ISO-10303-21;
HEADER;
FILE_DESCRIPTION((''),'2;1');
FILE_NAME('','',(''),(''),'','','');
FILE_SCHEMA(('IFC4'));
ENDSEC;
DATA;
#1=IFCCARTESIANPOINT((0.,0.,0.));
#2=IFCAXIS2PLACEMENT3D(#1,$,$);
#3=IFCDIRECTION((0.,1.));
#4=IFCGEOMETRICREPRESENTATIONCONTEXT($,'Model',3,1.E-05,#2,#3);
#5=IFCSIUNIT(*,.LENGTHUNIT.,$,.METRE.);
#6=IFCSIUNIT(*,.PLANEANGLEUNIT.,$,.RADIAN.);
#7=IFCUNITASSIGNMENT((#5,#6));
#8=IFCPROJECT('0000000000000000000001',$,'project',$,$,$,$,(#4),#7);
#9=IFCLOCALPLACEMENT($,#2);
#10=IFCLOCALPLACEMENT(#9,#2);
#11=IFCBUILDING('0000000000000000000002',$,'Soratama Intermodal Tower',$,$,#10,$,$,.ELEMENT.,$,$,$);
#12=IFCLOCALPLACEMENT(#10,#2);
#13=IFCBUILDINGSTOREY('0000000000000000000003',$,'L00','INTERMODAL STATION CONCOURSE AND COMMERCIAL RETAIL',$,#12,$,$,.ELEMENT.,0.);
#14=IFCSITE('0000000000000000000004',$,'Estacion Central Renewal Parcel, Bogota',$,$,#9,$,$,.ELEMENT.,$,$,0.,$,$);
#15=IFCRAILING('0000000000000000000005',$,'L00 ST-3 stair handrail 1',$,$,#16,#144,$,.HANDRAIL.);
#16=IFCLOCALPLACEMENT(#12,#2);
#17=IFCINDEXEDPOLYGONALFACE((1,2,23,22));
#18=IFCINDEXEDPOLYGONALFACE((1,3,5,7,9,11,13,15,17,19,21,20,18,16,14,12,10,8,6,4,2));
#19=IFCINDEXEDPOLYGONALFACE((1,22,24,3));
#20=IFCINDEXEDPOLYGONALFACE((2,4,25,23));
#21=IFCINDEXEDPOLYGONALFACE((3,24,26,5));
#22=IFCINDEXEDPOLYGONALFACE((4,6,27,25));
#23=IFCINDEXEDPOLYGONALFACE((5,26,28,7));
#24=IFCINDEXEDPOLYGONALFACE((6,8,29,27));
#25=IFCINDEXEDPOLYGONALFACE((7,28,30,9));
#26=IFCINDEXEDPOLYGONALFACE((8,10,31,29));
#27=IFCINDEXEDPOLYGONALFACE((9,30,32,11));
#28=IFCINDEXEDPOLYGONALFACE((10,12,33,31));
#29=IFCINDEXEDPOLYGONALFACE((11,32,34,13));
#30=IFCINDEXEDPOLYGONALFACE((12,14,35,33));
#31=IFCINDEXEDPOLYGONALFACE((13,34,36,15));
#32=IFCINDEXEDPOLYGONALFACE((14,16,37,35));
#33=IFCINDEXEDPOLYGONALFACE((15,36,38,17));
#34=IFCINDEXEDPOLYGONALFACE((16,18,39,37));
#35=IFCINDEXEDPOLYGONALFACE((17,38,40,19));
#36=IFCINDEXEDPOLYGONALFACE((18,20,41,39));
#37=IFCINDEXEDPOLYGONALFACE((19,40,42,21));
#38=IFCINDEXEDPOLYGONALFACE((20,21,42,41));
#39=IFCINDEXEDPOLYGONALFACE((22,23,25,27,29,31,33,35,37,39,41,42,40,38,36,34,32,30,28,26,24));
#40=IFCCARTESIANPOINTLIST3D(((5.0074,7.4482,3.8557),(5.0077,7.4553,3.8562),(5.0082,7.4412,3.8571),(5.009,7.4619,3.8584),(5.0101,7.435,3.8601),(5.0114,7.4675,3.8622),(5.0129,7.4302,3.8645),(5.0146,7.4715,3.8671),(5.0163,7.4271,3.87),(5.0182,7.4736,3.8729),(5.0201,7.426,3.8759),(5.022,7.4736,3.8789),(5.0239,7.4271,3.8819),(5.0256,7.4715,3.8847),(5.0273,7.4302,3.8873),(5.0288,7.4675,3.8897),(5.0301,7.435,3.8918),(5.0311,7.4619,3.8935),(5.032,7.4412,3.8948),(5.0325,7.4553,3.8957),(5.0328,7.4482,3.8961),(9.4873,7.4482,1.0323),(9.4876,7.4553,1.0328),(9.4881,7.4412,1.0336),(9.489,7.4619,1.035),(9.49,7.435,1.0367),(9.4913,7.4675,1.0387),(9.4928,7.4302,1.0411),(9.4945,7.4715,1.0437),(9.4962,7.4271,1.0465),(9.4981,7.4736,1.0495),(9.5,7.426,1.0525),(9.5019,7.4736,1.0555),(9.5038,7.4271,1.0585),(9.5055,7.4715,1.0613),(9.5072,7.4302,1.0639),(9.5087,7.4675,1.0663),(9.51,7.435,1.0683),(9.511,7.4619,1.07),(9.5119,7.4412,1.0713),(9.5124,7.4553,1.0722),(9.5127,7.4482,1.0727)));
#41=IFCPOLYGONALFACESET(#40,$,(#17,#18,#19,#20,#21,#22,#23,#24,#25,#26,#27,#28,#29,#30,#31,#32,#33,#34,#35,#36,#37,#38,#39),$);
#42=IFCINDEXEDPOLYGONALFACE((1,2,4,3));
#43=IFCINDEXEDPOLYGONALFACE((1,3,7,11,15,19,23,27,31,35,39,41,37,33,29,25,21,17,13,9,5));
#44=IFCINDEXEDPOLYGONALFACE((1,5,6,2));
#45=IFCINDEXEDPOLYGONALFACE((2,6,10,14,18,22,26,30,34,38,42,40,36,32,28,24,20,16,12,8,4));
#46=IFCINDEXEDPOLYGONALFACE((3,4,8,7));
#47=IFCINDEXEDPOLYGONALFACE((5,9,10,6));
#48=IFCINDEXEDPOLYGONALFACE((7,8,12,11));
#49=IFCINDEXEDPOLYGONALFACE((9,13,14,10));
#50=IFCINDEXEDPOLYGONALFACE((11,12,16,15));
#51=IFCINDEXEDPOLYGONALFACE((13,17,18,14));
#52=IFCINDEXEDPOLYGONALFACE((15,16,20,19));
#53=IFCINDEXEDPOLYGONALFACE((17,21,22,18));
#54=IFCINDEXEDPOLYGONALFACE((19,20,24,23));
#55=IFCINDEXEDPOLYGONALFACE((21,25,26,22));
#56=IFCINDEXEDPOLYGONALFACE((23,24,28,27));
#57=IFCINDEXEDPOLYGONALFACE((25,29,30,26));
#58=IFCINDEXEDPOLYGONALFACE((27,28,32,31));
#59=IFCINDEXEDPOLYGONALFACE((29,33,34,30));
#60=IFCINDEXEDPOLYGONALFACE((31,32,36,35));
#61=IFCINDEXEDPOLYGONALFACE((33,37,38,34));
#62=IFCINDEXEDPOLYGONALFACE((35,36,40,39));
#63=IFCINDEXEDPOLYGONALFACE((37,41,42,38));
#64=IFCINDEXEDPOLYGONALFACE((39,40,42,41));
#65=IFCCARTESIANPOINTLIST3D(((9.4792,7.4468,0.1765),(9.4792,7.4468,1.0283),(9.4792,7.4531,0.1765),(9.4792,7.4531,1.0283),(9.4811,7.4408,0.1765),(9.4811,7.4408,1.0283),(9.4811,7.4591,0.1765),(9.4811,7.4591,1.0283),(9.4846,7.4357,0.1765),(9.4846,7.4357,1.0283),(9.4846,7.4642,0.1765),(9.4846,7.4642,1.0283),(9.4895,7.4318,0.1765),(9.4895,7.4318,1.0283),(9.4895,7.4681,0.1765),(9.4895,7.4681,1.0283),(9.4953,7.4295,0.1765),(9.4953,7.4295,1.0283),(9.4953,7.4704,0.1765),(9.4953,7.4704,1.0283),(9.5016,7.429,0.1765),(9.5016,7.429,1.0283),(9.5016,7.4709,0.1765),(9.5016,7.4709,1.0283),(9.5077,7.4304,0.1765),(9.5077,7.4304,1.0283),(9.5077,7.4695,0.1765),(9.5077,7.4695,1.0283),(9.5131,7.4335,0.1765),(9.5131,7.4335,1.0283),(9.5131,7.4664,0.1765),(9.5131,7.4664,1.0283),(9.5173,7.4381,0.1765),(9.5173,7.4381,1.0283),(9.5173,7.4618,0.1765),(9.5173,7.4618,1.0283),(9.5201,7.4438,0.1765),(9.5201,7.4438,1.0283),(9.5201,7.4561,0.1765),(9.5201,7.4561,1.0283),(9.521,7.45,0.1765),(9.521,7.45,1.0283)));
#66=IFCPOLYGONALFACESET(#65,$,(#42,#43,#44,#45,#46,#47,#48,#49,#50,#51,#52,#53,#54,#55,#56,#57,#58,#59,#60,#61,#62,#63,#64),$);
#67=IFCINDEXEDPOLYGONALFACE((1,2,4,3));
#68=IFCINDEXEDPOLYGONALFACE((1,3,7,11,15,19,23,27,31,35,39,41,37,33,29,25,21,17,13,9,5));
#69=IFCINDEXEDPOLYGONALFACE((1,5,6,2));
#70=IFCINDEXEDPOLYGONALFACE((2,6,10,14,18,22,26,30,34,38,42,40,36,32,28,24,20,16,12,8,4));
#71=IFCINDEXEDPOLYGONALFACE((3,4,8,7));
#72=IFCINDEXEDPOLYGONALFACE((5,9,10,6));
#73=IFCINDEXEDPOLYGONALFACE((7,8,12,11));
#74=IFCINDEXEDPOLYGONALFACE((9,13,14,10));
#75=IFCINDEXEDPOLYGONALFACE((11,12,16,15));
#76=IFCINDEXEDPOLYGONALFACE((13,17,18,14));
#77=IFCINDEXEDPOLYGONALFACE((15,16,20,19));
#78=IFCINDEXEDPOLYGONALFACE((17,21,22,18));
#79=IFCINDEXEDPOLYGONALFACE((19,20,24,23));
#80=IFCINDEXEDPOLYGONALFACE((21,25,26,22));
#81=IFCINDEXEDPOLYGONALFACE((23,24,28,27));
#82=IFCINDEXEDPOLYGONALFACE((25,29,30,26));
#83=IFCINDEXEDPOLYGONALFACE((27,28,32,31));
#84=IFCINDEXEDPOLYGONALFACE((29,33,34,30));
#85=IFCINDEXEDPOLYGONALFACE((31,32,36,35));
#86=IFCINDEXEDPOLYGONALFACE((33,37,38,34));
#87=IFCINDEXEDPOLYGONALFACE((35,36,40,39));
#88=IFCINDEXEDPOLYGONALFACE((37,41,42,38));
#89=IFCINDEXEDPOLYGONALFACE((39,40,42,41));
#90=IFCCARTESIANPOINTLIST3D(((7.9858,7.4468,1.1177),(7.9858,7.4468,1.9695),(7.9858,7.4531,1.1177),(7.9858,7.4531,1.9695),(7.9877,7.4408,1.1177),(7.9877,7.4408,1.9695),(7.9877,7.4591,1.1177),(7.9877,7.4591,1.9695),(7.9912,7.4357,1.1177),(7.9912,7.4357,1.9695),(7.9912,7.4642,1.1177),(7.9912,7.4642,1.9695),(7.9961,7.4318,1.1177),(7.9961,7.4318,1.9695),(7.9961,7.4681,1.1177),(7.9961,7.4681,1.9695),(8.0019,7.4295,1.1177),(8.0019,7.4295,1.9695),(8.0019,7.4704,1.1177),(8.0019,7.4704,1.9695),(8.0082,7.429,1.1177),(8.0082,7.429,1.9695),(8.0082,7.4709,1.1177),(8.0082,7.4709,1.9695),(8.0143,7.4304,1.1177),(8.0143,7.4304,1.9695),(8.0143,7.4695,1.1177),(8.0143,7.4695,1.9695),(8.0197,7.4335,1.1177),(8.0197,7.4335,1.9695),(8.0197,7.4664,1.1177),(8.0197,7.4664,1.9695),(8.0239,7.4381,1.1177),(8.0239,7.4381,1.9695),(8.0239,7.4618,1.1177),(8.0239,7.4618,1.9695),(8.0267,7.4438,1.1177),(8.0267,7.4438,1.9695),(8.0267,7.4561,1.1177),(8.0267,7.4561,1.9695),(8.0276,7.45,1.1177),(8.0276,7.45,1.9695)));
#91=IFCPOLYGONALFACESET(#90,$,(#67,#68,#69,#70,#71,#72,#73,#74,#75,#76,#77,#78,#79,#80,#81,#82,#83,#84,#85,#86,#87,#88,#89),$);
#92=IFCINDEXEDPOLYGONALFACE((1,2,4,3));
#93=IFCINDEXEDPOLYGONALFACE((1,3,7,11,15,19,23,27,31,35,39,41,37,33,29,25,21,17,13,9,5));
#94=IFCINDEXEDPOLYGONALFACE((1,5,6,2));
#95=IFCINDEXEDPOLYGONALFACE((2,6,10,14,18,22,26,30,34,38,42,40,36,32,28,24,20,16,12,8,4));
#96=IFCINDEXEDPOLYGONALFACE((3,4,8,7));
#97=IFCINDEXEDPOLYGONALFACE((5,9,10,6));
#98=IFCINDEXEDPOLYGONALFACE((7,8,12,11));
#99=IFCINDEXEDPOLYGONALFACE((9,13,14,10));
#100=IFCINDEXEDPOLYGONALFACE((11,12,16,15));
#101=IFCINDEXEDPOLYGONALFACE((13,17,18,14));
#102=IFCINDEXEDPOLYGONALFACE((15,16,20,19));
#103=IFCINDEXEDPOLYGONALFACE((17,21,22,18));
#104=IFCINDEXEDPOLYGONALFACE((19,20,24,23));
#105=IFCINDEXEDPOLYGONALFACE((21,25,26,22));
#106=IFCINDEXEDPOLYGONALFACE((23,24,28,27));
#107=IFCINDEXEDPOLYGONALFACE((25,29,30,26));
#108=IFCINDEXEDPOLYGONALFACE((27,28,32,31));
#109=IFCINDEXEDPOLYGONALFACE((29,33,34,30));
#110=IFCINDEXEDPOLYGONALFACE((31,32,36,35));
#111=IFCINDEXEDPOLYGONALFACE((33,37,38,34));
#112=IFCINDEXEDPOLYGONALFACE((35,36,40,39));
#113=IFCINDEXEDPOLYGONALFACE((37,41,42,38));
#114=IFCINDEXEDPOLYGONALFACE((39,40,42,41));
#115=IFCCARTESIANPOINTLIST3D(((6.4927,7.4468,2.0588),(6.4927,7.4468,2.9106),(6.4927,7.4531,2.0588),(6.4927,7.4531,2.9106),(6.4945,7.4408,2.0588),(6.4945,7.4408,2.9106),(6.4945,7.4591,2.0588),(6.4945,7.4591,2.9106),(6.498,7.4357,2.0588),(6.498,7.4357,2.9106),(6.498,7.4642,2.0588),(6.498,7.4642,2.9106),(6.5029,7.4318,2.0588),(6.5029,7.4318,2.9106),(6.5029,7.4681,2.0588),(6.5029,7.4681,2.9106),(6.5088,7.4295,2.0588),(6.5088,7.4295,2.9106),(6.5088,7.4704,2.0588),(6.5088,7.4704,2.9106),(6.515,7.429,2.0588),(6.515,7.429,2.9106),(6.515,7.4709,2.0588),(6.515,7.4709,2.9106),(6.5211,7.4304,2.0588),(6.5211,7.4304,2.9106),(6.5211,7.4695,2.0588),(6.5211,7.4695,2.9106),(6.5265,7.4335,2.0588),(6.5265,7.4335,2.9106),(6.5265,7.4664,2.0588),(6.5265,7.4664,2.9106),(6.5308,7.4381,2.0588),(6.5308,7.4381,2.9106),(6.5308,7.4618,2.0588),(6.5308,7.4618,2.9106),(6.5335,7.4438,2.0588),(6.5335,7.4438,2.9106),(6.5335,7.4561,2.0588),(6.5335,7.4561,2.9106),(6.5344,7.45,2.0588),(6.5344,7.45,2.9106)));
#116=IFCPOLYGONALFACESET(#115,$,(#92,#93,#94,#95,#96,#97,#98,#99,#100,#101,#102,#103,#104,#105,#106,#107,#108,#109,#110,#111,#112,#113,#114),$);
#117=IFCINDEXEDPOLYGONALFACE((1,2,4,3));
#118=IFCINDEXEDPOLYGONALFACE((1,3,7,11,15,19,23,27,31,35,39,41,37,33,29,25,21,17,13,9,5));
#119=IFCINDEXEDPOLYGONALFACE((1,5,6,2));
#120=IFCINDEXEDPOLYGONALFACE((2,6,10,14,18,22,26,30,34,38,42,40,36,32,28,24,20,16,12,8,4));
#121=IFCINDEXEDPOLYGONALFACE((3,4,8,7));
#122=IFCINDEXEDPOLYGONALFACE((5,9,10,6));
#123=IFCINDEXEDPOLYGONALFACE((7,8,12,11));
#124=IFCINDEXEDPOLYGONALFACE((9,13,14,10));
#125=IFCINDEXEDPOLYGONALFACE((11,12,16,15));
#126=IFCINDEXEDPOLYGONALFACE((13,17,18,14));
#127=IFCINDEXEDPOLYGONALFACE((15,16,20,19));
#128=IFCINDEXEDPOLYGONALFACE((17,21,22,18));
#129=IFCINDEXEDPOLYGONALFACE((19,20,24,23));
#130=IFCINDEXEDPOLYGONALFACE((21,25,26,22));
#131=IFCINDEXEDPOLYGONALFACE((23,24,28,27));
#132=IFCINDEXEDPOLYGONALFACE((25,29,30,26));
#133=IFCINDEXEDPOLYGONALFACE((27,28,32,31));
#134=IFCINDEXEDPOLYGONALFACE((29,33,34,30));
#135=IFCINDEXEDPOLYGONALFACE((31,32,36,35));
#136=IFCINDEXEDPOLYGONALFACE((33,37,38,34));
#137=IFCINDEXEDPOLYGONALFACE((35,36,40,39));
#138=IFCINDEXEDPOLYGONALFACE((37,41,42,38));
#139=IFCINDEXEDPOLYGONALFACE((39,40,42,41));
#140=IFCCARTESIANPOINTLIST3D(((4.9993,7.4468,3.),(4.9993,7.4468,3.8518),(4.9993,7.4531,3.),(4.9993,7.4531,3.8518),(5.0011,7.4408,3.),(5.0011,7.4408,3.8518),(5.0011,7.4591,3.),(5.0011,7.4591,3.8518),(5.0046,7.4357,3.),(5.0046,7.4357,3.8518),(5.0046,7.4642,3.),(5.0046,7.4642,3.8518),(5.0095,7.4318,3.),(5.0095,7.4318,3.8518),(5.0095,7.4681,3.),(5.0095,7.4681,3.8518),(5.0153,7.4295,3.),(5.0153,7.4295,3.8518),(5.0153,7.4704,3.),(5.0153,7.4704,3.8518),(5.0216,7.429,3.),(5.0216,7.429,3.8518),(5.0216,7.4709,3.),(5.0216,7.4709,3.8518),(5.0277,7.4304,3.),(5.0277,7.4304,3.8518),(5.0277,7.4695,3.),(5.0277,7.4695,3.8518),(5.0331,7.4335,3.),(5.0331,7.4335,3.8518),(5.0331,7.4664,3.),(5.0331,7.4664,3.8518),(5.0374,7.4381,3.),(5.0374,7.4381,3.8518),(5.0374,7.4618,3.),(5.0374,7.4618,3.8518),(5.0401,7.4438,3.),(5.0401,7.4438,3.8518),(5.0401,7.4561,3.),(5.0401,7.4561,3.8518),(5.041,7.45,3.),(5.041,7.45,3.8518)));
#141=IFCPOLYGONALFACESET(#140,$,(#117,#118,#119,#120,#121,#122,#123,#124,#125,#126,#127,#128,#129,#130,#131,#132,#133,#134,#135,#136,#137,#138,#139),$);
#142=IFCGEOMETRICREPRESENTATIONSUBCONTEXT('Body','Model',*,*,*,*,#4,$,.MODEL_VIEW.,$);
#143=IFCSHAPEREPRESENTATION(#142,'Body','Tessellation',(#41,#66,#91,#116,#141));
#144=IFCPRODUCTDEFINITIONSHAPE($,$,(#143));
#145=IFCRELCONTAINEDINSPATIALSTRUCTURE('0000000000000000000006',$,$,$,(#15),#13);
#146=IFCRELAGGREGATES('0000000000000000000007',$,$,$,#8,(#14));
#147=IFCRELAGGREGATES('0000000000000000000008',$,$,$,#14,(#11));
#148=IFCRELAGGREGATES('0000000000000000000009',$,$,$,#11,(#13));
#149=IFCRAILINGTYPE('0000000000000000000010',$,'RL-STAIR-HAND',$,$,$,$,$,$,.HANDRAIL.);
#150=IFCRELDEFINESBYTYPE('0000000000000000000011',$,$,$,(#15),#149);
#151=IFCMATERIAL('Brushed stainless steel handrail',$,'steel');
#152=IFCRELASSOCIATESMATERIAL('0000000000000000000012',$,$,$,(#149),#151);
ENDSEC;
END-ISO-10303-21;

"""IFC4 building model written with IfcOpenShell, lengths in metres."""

from ifc_helpers import new_model, si_unit, direction, frame, origin, origin_2d, place, context, subcontext, project, spatial, circle, extrude, material, type_object, element, save


model = new_model("IFC4")

# Units and contexts
model_context = context("Model", 3, precision=1e-05, world=origin(), true_north=direction((0.0, 1.0)))
body_context = subcontext(model_context, "Body", "Model", "MODEL_VIEW")
ifc_project = project(units=[si_unit("LENGTHUNIT", "METRE"), si_unit("PLANEANGLEUNIT", "RADIAN")], contexts=[model_context])

# Site, building, storey
site_placement = place(None, origin())
site = spatial("IfcSite", under=ifc_project, at=site_placement, Name="Estacion Central Renewal Parcel, Bogota", CompositionType="ELEMENT", RefElevation=0.0)
building_placement = place(site_placement, origin())
building = spatial("IfcBuilding", under=site, at=building_placement, Name="Soratama Intermodal Tower", CompositionType="ELEMENT")
storey_placement = place(building_placement, origin())
storey = spatial("IfcBuildingStorey", under=building, at=storey_placement, Name="L00", Description="INTERMODAL STATION CONCOURSE AND COMMERCIAL RETAIL", CompositionType="ELEMENT", Elevation=0.0)

# Railing
ifc_material_1 = material(Name="Brushed stainless steel handrail", Category="steel")
railing_type_1 = type_object("IfcRailingType", Name="RL-STAIR-HAND", PredefinedType="HANDRAIL", material=ifc_material_1)
railing_1_placement = place(storey_placement, frame((9.5, 7.45, 0.1765)))
element("IfcRailing", 1, at=railing_1_placement, inside=storey, type_object=railing_type_1, Name="L00 ST-3 stair handrail 1", PredefinedType="HANDRAIL", context=body_context, shape_type="SweptSolid", body=[
    extrude(circle(Radius=0.0239, at=origin_2d()), frame((0.0, 0.0, 0.876), z_axis=(-0.845998, 0.0, 0.533186), x_axis=(0.0, -1.0, 0.0)), (0.0, 0.0, 1.0), 5.2954),
    extrude(circle(Radius=0.021, at=origin_2d()), origin(), (0.0, 0.0, 1.0), 0.8518),
    extrude(circle(Radius=0.021, at=origin_2d()), frame((-1.4934, 0.0, 0.9412)), (0.0, 0.0, 1.0), 0.8518),
    extrude(circle(Radius=0.021, at=origin_2d()), frame((-2.9866, 0.0, 1.8823)), (0.0, 0.0, 1.0), 0.8518),
    extrude(circle(Radius=0.021, at=origin_2d()), frame((-4.48, 0.0, 2.8235)), (0.0, 0.0, 1.0), 0.8518),
])

save(model, "model.ifc")
